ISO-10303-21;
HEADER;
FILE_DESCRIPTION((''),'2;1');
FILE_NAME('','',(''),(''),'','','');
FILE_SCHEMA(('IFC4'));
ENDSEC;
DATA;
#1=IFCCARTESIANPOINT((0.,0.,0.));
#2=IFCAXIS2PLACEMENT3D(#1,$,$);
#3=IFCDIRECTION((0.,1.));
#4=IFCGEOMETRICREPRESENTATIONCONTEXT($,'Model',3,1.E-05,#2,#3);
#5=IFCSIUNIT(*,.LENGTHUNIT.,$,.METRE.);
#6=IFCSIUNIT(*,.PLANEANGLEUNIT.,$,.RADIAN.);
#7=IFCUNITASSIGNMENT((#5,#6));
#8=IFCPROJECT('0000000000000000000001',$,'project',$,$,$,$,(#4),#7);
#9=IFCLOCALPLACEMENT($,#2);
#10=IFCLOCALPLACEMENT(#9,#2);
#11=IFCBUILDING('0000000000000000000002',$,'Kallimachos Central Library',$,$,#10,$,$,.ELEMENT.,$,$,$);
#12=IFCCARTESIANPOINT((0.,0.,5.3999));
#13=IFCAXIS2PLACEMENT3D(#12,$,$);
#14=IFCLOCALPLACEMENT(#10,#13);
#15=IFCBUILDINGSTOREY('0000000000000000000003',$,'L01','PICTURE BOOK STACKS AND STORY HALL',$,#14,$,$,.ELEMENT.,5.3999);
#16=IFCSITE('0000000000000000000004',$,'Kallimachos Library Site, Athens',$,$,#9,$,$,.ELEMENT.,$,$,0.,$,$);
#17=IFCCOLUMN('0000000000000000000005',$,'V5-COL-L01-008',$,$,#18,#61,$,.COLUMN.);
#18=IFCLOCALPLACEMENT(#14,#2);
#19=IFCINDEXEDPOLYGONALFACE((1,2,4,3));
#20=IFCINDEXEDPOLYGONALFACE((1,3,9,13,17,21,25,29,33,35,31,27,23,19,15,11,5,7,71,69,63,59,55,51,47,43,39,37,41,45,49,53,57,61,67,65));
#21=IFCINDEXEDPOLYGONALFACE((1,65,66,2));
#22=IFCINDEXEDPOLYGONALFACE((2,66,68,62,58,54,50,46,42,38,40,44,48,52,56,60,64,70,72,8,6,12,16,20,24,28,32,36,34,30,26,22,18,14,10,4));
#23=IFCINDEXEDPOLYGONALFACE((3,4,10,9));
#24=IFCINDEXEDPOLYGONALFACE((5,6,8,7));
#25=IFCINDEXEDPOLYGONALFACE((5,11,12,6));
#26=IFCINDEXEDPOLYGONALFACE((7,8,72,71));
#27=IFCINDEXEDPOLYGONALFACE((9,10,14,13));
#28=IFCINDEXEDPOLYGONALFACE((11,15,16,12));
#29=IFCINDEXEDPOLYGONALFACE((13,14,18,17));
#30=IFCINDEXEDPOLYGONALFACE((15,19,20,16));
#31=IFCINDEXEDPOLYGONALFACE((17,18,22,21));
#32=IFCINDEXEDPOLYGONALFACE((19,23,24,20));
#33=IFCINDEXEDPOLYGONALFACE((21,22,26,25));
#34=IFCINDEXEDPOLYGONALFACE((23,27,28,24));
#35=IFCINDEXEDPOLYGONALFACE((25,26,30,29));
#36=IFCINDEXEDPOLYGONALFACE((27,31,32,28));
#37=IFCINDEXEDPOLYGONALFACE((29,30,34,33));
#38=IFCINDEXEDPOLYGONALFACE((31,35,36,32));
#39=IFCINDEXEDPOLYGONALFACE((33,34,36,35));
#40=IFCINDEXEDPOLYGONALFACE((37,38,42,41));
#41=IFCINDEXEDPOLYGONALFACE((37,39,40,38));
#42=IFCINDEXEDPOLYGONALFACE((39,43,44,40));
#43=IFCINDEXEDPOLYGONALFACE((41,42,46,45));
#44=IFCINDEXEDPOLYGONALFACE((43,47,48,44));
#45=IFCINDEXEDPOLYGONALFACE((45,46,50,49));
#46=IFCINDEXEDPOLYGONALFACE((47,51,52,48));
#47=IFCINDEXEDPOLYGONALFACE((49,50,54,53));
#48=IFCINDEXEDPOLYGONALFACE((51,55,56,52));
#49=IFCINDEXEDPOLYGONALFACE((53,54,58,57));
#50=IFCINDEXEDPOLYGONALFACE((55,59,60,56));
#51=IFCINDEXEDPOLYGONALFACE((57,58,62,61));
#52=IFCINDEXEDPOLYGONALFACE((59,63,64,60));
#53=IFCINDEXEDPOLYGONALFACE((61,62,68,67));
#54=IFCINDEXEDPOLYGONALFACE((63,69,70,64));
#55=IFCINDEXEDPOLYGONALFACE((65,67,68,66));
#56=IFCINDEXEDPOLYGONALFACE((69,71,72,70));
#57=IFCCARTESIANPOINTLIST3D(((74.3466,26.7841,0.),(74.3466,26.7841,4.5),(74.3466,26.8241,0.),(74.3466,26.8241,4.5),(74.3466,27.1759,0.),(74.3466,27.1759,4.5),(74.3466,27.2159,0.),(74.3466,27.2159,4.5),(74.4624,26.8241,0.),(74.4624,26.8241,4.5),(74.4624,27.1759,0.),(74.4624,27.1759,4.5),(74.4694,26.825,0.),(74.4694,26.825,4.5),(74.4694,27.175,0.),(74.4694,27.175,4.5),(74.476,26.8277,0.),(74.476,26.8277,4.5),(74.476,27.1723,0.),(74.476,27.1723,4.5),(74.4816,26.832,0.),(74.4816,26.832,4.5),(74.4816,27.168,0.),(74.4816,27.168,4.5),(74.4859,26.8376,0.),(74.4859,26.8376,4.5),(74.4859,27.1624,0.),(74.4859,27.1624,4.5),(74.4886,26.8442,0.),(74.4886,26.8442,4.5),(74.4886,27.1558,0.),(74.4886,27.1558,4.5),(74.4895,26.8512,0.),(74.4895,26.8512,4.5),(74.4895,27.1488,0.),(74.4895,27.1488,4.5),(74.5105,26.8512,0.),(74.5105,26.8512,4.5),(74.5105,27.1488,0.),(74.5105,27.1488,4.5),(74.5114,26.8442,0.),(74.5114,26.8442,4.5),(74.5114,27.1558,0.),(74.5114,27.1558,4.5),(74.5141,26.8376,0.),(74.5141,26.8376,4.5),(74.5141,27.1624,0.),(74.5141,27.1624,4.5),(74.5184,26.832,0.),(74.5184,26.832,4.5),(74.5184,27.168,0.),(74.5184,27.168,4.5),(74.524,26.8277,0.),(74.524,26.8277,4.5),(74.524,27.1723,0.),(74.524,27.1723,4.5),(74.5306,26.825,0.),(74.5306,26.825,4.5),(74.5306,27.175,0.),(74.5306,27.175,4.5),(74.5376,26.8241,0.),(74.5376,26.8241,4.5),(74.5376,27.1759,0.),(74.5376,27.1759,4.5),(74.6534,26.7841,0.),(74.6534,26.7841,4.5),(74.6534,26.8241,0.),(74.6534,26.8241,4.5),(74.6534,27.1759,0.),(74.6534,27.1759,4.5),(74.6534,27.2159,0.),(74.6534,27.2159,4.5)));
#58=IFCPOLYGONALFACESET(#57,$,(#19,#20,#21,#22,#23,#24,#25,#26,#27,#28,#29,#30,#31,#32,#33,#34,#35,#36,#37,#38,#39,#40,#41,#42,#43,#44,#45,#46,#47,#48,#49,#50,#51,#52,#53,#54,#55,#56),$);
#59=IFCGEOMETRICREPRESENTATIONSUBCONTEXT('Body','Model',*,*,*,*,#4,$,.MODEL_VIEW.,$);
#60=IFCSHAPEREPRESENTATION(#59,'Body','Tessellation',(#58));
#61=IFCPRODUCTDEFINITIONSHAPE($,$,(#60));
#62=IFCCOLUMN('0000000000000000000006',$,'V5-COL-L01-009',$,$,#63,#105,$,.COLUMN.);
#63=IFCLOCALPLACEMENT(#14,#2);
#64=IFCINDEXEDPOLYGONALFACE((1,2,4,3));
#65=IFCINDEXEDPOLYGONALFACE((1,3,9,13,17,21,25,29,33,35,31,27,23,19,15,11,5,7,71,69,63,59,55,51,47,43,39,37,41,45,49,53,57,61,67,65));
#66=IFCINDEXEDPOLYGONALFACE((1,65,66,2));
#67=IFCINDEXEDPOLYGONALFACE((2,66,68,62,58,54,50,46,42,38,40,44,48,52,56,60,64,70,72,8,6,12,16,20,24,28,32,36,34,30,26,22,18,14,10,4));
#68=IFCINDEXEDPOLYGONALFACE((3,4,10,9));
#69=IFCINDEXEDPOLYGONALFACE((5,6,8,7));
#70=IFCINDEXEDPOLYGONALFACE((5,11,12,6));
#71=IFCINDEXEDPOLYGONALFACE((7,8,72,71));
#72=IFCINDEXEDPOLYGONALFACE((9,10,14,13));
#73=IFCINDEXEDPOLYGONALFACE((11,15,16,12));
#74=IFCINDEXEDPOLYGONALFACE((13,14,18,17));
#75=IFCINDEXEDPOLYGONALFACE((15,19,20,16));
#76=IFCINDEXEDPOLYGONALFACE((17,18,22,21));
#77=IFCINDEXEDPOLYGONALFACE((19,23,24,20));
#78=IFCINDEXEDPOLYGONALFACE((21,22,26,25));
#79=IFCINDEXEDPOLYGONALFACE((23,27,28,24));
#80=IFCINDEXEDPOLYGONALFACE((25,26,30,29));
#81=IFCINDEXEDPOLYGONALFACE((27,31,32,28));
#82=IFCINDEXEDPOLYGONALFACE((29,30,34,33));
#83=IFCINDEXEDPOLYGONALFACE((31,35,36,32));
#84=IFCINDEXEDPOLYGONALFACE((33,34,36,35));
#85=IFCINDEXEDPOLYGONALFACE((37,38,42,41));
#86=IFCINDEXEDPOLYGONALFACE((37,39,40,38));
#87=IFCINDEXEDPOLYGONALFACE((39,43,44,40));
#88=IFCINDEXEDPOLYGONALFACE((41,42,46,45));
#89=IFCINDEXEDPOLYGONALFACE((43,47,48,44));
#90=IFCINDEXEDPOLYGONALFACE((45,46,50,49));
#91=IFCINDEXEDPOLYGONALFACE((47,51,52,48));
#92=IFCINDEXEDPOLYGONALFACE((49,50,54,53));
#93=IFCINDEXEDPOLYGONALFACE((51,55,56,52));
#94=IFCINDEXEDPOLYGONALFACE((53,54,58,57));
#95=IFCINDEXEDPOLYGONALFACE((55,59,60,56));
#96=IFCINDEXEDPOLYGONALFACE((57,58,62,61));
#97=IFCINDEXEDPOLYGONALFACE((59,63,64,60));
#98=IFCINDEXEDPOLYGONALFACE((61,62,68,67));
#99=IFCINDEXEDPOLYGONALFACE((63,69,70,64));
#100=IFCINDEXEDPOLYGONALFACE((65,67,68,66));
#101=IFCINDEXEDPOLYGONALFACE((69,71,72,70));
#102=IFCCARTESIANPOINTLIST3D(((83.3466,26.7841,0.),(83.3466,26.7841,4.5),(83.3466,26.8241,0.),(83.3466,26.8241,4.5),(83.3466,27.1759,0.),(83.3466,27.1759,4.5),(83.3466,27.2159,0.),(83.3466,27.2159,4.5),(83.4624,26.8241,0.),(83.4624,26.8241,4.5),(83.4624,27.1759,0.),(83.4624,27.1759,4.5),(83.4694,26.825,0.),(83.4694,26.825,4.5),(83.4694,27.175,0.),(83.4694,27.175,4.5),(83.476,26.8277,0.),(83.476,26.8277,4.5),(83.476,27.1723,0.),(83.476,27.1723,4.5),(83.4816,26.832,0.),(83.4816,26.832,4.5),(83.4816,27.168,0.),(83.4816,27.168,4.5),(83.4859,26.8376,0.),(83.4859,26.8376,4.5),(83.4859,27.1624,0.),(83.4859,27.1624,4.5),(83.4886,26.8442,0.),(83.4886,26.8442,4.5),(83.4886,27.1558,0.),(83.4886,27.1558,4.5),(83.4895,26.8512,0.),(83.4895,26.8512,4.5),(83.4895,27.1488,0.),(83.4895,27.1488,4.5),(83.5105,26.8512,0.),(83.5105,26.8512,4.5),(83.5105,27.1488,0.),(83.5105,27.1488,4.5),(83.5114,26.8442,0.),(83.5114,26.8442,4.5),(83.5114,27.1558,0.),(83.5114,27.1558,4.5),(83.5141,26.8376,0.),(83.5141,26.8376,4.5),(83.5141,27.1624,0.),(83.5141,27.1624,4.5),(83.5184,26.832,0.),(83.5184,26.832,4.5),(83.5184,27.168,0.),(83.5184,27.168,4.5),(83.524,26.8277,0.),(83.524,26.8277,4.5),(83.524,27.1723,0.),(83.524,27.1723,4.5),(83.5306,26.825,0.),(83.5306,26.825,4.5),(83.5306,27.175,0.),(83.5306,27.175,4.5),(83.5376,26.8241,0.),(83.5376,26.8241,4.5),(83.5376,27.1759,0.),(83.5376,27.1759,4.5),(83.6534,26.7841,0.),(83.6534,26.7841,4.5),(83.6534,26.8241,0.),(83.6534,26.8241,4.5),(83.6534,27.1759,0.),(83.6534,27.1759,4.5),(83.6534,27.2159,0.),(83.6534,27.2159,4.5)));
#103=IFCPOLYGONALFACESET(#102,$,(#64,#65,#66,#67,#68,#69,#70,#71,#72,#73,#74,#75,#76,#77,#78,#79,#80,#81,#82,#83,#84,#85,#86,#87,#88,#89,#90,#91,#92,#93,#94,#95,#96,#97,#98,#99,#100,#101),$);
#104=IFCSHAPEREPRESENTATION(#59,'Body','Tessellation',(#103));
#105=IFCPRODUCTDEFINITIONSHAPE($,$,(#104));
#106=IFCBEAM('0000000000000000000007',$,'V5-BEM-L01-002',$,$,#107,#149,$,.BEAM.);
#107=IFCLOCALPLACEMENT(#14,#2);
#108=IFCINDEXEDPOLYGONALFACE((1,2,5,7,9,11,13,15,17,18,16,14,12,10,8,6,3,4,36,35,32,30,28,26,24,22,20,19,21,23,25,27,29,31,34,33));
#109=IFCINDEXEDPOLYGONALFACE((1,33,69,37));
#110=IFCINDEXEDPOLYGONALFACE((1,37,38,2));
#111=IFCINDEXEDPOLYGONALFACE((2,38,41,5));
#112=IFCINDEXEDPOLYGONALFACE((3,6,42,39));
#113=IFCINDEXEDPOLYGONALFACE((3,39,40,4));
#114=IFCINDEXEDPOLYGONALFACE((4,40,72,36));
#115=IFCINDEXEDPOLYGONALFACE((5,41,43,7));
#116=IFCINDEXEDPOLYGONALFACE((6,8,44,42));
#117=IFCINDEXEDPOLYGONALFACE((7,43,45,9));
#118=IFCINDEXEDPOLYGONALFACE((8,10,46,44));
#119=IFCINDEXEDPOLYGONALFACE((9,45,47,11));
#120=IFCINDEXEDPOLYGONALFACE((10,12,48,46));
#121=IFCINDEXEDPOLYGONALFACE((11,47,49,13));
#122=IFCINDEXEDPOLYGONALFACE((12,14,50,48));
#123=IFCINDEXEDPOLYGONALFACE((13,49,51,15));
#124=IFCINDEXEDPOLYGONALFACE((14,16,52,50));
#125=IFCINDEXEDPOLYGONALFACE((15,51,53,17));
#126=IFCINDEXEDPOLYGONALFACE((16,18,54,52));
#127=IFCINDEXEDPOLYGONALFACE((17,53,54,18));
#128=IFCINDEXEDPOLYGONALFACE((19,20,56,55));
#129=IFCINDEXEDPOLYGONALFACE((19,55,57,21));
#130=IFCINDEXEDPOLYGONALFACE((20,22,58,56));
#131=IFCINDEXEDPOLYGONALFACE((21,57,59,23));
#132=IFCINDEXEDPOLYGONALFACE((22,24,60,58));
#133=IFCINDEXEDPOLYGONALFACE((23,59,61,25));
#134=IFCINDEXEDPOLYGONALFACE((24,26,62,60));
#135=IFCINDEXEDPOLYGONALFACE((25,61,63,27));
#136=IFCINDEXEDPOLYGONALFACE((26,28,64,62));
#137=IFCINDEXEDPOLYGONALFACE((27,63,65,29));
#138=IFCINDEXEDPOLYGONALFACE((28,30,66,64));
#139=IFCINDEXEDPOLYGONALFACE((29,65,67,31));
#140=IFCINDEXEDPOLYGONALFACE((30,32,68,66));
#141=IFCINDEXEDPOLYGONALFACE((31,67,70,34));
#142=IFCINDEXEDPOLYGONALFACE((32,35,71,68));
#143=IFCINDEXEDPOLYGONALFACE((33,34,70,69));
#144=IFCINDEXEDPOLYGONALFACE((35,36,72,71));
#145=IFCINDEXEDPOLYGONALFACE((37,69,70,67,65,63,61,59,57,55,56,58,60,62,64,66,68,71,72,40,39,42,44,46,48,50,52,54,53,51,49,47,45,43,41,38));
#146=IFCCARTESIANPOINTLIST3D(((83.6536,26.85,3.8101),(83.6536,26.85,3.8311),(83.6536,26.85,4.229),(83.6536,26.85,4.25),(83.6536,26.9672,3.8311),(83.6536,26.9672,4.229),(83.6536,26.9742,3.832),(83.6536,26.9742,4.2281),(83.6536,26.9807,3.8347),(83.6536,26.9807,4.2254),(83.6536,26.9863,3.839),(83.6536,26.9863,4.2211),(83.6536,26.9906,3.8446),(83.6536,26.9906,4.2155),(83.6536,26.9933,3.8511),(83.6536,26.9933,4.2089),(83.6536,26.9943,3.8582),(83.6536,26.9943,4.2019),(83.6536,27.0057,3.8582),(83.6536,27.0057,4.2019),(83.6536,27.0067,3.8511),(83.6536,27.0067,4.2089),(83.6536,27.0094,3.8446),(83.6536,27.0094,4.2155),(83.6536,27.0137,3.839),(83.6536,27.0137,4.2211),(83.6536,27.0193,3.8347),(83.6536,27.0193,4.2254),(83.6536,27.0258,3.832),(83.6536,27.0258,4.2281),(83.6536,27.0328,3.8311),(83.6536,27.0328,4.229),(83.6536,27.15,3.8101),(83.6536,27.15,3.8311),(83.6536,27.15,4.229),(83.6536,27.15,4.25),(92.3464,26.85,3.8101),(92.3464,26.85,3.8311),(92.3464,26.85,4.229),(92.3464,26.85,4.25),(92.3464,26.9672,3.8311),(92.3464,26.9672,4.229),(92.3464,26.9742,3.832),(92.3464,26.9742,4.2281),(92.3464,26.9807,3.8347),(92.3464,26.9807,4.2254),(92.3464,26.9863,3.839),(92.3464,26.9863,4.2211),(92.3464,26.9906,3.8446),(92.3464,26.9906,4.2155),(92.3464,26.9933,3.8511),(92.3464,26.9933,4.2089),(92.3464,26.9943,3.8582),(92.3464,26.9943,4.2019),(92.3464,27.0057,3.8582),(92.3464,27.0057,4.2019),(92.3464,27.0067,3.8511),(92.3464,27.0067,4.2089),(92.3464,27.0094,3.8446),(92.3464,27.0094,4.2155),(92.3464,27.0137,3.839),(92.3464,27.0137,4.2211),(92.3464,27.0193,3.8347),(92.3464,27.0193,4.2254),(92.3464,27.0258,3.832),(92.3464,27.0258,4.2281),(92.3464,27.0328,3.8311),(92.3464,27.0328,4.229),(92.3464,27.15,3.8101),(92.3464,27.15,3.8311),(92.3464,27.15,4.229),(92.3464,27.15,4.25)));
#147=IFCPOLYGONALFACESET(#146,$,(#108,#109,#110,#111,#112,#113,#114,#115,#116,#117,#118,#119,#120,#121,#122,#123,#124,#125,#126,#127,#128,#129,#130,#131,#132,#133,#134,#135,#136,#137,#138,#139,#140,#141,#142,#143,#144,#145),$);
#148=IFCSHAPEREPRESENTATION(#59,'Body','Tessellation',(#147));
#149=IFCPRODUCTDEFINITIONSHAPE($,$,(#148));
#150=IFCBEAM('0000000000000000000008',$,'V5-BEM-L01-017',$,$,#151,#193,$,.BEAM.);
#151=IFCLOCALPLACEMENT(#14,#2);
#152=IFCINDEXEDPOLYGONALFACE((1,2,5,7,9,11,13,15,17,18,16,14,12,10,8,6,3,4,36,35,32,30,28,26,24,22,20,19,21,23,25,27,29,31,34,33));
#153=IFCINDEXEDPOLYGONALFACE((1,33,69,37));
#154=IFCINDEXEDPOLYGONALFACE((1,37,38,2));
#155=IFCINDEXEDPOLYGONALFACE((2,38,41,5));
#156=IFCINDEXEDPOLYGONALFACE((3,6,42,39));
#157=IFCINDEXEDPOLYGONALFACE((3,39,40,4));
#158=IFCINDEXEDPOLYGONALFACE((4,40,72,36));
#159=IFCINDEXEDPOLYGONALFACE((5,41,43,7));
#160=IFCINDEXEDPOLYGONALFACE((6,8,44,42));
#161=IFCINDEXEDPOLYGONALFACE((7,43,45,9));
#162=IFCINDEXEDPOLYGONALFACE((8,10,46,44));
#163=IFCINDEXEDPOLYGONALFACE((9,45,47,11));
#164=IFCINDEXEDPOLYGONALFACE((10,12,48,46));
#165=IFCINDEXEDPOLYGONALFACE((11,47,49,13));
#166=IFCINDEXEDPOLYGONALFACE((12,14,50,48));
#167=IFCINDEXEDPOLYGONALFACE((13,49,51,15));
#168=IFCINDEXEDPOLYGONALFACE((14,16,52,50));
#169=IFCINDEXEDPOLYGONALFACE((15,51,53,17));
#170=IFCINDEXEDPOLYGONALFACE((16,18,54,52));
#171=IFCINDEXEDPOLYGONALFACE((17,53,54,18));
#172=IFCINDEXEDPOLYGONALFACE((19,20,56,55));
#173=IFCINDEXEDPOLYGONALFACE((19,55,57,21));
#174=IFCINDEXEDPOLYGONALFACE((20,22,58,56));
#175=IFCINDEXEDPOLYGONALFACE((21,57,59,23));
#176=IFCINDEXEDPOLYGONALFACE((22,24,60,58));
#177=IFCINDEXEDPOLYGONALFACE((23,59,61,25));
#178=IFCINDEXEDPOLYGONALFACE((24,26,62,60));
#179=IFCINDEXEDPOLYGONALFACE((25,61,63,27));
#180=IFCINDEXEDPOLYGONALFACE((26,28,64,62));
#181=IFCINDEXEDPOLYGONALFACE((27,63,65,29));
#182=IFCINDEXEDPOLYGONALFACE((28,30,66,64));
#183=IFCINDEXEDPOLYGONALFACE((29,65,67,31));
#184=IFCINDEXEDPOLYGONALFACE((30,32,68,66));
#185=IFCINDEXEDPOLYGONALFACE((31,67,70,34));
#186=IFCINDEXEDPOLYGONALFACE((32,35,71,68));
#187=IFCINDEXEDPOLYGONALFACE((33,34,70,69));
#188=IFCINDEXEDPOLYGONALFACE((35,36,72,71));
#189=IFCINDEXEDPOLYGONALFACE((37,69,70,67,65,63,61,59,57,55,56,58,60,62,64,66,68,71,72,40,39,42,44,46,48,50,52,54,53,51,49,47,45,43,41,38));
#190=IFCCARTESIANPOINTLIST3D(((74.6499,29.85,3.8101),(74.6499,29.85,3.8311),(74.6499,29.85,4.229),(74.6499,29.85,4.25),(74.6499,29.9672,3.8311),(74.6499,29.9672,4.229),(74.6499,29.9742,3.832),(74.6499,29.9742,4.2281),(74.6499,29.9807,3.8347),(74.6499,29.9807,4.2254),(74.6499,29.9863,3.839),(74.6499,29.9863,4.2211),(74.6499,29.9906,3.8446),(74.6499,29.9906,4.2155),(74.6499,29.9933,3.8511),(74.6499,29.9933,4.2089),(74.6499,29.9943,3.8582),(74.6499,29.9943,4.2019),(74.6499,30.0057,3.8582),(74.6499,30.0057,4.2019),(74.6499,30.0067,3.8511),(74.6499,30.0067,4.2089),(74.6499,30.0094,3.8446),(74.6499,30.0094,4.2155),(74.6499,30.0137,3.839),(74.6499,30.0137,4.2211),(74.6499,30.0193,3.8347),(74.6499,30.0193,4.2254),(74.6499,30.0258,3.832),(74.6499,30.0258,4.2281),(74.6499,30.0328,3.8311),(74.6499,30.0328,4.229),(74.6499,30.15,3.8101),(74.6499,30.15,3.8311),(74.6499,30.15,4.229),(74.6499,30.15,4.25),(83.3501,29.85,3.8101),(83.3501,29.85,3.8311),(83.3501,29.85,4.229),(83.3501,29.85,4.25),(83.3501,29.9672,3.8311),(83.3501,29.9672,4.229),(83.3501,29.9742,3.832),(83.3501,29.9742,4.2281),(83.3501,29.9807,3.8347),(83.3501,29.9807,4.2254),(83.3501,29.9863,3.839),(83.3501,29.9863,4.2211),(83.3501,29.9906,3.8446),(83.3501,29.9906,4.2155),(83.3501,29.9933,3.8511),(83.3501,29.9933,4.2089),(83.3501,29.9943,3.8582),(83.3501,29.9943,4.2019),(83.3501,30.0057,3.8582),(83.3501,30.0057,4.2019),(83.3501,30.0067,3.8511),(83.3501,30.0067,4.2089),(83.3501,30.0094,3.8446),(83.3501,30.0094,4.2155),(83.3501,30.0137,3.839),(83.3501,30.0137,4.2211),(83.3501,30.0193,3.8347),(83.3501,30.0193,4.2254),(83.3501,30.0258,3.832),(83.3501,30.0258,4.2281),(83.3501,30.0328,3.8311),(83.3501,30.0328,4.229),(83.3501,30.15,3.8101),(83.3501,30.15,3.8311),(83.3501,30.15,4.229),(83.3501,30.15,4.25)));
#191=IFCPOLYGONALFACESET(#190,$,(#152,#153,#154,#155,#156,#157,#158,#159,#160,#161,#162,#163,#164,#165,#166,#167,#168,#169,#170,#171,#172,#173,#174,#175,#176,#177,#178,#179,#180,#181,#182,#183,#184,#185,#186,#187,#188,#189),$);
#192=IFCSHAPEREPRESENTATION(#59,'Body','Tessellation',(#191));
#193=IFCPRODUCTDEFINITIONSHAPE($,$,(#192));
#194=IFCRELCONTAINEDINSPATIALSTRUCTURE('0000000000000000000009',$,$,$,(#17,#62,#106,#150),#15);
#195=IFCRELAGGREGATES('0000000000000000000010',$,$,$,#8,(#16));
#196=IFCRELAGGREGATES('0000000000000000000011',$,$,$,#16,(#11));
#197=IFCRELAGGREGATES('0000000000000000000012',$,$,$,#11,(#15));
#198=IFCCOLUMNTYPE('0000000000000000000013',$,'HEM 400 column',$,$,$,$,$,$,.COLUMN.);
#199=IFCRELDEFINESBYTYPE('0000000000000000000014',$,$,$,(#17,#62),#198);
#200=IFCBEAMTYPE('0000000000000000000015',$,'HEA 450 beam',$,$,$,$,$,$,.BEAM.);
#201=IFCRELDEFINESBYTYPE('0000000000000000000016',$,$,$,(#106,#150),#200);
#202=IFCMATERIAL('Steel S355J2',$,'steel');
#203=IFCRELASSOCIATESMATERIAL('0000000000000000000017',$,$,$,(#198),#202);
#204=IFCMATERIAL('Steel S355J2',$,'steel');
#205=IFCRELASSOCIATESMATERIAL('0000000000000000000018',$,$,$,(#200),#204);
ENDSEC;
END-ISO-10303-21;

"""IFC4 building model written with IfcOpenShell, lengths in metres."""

from ifc_helpers import new_model, si_unit, direction, frame, origin, origin_2d, place, context, subcontext, project, spatial, i_section, extrude, material, material_profile, profile_set, type_object, element, save


model = new_model("IFC4")

# Units and contexts
model_context = context("Model", 3, precision=1e-05, world=origin(), true_north=direction((0.0, 1.0)))
body_context = subcontext(model_context, "Body", "Model", "MODEL_VIEW")
ifc_project = project(units=[si_unit("LENGTHUNIT", "METRE"), si_unit("PLANEANGLEUNIT", "RADIAN")], contexts=[model_context])

# Site, building, storey
site_placement = place(None, origin())
site = spatial("IfcSite", under=ifc_project, at=site_placement, Name="Kallimachos Library Site, Athens", CompositionType="ELEMENT", RefElevation=0.0)
building_placement = place(site_placement, origin())
building = spatial("IfcBuilding", under=site, at=building_placement, Name="Kallimachos Central Library", CompositionType="ELEMENT")
storey_placement = place(building_placement, frame((0.0, 0.0, 5.3999)))
storey = spatial("IfcBuildingStorey", under=building, at=storey_placement, Name="L01", Description="PICTURE BOOK STACKS AND STORY HALL", CompositionType="ELEMENT", Elevation=5.3999)

# Columns
ifc_material_1 = material(Name="Steel S355J2", Category="steel")
ifc_material_profile_1 = material_profile(ifc_material_1, i_section(OverallWidth=0.3069, OverallDepth=0.4319, WebThickness=0.021, FlangeThickness=0.04, FilletRadius=0.0271, at=origin_2d()), Name="HEM 400")
ifc_profile_set_1 = profile_set([ifc_material_profile_1], Name="Steel S355J2")
column_type = type_object("IfcColumnType", Name="HEM 400 column", PredefinedType="COLUMN", material=ifc_profile_set_1)
for number, where, z_axis, x_axis, name in (
    (1, (74.5, 27.0, 0.0), (0.0, 0.0, 1.0), (1.0, 0.0, 0.0), "V5-COL-L01-008"),
    (2, (83.5, 27.0, 0.0), (0.0, 0.0, 1.0), (1.0, 0.0, 0.0), "V5-COL-L01-009"),
):
    element("IfcColumn", number, at=place(storey_placement, frame(where, z_axis=z_axis, x_axis=x_axis)), inside=storey, type_object=column_type, Name=name, PredefinedType="COLUMN", context=body_context, shape_type="SweptSolid", body=[
        extrude(i_section(OverallWidth=0.3069, OverallDepth=0.4319, WebThickness=0.021, FlangeThickness=0.04, FilletRadius=0.0271, at=origin_2d()), origin(), (0.0, 0.0, 1.0), 4.5),
    ])

# Beams
ifc_material_2 = material(Name="Steel S355J2", Category="steel")
ifc_material_profile_2 = material_profile(ifc_material_2, i_section(OverallWidth=0.3, OverallDepth=0.4399, WebThickness=0.0115, FlangeThickness=0.021, FilletRadius=0.0271, at=origin_2d()), Name="HEA 450")
ifc_profile_set_2 = profile_set([ifc_material_profile_2], Name="Steel S355J2")
beam_type_1 = type_object("IfcBeamType", Name="HEA 450 beam", PredefinedType="BEAM", material=ifc_profile_set_2)
beam_1_placement = place(storey_placement, frame((83.6536, 27.0, 4.03), z_axis=(1.0, 0.0, 0.0), x_axis=(0.0, 1.0, 0.0)))
element("IfcBeam", 3, at=beam_1_placement, inside=storey, type_object=beam_type_1, Name="V5-BEM-L01-002", PredefinedType="BEAM", context=body_context, shape_type="SweptSolid", body=[
    extrude(i_section(OverallWidth=0.3, OverallDepth=0.4399, WebThickness=0.0115, FlangeThickness=0.021, FilletRadius=0.0271, at=origin_2d()), origin(), (0.0, 0.0, 1.0), 8.6929),
])
beam_2_placement = place(storey_placement, frame((74.6499, 30.0, 4.03), z_axis=(1.0, 0.0, 0.0), x_axis=(0.0, 1.0, 0.0)))
element("IfcBeam", 4, at=beam_2_placement, inside=storey, type_object=beam_type_1, Name="V5-BEM-L01-017", PredefinedType="BEAM", context=body_context, shape_type="SweptSolid", body=[
    extrude(i_section(OverallWidth=0.3, OverallDepth=0.4399, WebThickness=0.0115, FlangeThickness=0.021, FilletRadius=0.0271, at=origin_2d()), origin(), (0.0, 0.0, 1.0), 8.7002),
])

save(model, "model.ifc")
